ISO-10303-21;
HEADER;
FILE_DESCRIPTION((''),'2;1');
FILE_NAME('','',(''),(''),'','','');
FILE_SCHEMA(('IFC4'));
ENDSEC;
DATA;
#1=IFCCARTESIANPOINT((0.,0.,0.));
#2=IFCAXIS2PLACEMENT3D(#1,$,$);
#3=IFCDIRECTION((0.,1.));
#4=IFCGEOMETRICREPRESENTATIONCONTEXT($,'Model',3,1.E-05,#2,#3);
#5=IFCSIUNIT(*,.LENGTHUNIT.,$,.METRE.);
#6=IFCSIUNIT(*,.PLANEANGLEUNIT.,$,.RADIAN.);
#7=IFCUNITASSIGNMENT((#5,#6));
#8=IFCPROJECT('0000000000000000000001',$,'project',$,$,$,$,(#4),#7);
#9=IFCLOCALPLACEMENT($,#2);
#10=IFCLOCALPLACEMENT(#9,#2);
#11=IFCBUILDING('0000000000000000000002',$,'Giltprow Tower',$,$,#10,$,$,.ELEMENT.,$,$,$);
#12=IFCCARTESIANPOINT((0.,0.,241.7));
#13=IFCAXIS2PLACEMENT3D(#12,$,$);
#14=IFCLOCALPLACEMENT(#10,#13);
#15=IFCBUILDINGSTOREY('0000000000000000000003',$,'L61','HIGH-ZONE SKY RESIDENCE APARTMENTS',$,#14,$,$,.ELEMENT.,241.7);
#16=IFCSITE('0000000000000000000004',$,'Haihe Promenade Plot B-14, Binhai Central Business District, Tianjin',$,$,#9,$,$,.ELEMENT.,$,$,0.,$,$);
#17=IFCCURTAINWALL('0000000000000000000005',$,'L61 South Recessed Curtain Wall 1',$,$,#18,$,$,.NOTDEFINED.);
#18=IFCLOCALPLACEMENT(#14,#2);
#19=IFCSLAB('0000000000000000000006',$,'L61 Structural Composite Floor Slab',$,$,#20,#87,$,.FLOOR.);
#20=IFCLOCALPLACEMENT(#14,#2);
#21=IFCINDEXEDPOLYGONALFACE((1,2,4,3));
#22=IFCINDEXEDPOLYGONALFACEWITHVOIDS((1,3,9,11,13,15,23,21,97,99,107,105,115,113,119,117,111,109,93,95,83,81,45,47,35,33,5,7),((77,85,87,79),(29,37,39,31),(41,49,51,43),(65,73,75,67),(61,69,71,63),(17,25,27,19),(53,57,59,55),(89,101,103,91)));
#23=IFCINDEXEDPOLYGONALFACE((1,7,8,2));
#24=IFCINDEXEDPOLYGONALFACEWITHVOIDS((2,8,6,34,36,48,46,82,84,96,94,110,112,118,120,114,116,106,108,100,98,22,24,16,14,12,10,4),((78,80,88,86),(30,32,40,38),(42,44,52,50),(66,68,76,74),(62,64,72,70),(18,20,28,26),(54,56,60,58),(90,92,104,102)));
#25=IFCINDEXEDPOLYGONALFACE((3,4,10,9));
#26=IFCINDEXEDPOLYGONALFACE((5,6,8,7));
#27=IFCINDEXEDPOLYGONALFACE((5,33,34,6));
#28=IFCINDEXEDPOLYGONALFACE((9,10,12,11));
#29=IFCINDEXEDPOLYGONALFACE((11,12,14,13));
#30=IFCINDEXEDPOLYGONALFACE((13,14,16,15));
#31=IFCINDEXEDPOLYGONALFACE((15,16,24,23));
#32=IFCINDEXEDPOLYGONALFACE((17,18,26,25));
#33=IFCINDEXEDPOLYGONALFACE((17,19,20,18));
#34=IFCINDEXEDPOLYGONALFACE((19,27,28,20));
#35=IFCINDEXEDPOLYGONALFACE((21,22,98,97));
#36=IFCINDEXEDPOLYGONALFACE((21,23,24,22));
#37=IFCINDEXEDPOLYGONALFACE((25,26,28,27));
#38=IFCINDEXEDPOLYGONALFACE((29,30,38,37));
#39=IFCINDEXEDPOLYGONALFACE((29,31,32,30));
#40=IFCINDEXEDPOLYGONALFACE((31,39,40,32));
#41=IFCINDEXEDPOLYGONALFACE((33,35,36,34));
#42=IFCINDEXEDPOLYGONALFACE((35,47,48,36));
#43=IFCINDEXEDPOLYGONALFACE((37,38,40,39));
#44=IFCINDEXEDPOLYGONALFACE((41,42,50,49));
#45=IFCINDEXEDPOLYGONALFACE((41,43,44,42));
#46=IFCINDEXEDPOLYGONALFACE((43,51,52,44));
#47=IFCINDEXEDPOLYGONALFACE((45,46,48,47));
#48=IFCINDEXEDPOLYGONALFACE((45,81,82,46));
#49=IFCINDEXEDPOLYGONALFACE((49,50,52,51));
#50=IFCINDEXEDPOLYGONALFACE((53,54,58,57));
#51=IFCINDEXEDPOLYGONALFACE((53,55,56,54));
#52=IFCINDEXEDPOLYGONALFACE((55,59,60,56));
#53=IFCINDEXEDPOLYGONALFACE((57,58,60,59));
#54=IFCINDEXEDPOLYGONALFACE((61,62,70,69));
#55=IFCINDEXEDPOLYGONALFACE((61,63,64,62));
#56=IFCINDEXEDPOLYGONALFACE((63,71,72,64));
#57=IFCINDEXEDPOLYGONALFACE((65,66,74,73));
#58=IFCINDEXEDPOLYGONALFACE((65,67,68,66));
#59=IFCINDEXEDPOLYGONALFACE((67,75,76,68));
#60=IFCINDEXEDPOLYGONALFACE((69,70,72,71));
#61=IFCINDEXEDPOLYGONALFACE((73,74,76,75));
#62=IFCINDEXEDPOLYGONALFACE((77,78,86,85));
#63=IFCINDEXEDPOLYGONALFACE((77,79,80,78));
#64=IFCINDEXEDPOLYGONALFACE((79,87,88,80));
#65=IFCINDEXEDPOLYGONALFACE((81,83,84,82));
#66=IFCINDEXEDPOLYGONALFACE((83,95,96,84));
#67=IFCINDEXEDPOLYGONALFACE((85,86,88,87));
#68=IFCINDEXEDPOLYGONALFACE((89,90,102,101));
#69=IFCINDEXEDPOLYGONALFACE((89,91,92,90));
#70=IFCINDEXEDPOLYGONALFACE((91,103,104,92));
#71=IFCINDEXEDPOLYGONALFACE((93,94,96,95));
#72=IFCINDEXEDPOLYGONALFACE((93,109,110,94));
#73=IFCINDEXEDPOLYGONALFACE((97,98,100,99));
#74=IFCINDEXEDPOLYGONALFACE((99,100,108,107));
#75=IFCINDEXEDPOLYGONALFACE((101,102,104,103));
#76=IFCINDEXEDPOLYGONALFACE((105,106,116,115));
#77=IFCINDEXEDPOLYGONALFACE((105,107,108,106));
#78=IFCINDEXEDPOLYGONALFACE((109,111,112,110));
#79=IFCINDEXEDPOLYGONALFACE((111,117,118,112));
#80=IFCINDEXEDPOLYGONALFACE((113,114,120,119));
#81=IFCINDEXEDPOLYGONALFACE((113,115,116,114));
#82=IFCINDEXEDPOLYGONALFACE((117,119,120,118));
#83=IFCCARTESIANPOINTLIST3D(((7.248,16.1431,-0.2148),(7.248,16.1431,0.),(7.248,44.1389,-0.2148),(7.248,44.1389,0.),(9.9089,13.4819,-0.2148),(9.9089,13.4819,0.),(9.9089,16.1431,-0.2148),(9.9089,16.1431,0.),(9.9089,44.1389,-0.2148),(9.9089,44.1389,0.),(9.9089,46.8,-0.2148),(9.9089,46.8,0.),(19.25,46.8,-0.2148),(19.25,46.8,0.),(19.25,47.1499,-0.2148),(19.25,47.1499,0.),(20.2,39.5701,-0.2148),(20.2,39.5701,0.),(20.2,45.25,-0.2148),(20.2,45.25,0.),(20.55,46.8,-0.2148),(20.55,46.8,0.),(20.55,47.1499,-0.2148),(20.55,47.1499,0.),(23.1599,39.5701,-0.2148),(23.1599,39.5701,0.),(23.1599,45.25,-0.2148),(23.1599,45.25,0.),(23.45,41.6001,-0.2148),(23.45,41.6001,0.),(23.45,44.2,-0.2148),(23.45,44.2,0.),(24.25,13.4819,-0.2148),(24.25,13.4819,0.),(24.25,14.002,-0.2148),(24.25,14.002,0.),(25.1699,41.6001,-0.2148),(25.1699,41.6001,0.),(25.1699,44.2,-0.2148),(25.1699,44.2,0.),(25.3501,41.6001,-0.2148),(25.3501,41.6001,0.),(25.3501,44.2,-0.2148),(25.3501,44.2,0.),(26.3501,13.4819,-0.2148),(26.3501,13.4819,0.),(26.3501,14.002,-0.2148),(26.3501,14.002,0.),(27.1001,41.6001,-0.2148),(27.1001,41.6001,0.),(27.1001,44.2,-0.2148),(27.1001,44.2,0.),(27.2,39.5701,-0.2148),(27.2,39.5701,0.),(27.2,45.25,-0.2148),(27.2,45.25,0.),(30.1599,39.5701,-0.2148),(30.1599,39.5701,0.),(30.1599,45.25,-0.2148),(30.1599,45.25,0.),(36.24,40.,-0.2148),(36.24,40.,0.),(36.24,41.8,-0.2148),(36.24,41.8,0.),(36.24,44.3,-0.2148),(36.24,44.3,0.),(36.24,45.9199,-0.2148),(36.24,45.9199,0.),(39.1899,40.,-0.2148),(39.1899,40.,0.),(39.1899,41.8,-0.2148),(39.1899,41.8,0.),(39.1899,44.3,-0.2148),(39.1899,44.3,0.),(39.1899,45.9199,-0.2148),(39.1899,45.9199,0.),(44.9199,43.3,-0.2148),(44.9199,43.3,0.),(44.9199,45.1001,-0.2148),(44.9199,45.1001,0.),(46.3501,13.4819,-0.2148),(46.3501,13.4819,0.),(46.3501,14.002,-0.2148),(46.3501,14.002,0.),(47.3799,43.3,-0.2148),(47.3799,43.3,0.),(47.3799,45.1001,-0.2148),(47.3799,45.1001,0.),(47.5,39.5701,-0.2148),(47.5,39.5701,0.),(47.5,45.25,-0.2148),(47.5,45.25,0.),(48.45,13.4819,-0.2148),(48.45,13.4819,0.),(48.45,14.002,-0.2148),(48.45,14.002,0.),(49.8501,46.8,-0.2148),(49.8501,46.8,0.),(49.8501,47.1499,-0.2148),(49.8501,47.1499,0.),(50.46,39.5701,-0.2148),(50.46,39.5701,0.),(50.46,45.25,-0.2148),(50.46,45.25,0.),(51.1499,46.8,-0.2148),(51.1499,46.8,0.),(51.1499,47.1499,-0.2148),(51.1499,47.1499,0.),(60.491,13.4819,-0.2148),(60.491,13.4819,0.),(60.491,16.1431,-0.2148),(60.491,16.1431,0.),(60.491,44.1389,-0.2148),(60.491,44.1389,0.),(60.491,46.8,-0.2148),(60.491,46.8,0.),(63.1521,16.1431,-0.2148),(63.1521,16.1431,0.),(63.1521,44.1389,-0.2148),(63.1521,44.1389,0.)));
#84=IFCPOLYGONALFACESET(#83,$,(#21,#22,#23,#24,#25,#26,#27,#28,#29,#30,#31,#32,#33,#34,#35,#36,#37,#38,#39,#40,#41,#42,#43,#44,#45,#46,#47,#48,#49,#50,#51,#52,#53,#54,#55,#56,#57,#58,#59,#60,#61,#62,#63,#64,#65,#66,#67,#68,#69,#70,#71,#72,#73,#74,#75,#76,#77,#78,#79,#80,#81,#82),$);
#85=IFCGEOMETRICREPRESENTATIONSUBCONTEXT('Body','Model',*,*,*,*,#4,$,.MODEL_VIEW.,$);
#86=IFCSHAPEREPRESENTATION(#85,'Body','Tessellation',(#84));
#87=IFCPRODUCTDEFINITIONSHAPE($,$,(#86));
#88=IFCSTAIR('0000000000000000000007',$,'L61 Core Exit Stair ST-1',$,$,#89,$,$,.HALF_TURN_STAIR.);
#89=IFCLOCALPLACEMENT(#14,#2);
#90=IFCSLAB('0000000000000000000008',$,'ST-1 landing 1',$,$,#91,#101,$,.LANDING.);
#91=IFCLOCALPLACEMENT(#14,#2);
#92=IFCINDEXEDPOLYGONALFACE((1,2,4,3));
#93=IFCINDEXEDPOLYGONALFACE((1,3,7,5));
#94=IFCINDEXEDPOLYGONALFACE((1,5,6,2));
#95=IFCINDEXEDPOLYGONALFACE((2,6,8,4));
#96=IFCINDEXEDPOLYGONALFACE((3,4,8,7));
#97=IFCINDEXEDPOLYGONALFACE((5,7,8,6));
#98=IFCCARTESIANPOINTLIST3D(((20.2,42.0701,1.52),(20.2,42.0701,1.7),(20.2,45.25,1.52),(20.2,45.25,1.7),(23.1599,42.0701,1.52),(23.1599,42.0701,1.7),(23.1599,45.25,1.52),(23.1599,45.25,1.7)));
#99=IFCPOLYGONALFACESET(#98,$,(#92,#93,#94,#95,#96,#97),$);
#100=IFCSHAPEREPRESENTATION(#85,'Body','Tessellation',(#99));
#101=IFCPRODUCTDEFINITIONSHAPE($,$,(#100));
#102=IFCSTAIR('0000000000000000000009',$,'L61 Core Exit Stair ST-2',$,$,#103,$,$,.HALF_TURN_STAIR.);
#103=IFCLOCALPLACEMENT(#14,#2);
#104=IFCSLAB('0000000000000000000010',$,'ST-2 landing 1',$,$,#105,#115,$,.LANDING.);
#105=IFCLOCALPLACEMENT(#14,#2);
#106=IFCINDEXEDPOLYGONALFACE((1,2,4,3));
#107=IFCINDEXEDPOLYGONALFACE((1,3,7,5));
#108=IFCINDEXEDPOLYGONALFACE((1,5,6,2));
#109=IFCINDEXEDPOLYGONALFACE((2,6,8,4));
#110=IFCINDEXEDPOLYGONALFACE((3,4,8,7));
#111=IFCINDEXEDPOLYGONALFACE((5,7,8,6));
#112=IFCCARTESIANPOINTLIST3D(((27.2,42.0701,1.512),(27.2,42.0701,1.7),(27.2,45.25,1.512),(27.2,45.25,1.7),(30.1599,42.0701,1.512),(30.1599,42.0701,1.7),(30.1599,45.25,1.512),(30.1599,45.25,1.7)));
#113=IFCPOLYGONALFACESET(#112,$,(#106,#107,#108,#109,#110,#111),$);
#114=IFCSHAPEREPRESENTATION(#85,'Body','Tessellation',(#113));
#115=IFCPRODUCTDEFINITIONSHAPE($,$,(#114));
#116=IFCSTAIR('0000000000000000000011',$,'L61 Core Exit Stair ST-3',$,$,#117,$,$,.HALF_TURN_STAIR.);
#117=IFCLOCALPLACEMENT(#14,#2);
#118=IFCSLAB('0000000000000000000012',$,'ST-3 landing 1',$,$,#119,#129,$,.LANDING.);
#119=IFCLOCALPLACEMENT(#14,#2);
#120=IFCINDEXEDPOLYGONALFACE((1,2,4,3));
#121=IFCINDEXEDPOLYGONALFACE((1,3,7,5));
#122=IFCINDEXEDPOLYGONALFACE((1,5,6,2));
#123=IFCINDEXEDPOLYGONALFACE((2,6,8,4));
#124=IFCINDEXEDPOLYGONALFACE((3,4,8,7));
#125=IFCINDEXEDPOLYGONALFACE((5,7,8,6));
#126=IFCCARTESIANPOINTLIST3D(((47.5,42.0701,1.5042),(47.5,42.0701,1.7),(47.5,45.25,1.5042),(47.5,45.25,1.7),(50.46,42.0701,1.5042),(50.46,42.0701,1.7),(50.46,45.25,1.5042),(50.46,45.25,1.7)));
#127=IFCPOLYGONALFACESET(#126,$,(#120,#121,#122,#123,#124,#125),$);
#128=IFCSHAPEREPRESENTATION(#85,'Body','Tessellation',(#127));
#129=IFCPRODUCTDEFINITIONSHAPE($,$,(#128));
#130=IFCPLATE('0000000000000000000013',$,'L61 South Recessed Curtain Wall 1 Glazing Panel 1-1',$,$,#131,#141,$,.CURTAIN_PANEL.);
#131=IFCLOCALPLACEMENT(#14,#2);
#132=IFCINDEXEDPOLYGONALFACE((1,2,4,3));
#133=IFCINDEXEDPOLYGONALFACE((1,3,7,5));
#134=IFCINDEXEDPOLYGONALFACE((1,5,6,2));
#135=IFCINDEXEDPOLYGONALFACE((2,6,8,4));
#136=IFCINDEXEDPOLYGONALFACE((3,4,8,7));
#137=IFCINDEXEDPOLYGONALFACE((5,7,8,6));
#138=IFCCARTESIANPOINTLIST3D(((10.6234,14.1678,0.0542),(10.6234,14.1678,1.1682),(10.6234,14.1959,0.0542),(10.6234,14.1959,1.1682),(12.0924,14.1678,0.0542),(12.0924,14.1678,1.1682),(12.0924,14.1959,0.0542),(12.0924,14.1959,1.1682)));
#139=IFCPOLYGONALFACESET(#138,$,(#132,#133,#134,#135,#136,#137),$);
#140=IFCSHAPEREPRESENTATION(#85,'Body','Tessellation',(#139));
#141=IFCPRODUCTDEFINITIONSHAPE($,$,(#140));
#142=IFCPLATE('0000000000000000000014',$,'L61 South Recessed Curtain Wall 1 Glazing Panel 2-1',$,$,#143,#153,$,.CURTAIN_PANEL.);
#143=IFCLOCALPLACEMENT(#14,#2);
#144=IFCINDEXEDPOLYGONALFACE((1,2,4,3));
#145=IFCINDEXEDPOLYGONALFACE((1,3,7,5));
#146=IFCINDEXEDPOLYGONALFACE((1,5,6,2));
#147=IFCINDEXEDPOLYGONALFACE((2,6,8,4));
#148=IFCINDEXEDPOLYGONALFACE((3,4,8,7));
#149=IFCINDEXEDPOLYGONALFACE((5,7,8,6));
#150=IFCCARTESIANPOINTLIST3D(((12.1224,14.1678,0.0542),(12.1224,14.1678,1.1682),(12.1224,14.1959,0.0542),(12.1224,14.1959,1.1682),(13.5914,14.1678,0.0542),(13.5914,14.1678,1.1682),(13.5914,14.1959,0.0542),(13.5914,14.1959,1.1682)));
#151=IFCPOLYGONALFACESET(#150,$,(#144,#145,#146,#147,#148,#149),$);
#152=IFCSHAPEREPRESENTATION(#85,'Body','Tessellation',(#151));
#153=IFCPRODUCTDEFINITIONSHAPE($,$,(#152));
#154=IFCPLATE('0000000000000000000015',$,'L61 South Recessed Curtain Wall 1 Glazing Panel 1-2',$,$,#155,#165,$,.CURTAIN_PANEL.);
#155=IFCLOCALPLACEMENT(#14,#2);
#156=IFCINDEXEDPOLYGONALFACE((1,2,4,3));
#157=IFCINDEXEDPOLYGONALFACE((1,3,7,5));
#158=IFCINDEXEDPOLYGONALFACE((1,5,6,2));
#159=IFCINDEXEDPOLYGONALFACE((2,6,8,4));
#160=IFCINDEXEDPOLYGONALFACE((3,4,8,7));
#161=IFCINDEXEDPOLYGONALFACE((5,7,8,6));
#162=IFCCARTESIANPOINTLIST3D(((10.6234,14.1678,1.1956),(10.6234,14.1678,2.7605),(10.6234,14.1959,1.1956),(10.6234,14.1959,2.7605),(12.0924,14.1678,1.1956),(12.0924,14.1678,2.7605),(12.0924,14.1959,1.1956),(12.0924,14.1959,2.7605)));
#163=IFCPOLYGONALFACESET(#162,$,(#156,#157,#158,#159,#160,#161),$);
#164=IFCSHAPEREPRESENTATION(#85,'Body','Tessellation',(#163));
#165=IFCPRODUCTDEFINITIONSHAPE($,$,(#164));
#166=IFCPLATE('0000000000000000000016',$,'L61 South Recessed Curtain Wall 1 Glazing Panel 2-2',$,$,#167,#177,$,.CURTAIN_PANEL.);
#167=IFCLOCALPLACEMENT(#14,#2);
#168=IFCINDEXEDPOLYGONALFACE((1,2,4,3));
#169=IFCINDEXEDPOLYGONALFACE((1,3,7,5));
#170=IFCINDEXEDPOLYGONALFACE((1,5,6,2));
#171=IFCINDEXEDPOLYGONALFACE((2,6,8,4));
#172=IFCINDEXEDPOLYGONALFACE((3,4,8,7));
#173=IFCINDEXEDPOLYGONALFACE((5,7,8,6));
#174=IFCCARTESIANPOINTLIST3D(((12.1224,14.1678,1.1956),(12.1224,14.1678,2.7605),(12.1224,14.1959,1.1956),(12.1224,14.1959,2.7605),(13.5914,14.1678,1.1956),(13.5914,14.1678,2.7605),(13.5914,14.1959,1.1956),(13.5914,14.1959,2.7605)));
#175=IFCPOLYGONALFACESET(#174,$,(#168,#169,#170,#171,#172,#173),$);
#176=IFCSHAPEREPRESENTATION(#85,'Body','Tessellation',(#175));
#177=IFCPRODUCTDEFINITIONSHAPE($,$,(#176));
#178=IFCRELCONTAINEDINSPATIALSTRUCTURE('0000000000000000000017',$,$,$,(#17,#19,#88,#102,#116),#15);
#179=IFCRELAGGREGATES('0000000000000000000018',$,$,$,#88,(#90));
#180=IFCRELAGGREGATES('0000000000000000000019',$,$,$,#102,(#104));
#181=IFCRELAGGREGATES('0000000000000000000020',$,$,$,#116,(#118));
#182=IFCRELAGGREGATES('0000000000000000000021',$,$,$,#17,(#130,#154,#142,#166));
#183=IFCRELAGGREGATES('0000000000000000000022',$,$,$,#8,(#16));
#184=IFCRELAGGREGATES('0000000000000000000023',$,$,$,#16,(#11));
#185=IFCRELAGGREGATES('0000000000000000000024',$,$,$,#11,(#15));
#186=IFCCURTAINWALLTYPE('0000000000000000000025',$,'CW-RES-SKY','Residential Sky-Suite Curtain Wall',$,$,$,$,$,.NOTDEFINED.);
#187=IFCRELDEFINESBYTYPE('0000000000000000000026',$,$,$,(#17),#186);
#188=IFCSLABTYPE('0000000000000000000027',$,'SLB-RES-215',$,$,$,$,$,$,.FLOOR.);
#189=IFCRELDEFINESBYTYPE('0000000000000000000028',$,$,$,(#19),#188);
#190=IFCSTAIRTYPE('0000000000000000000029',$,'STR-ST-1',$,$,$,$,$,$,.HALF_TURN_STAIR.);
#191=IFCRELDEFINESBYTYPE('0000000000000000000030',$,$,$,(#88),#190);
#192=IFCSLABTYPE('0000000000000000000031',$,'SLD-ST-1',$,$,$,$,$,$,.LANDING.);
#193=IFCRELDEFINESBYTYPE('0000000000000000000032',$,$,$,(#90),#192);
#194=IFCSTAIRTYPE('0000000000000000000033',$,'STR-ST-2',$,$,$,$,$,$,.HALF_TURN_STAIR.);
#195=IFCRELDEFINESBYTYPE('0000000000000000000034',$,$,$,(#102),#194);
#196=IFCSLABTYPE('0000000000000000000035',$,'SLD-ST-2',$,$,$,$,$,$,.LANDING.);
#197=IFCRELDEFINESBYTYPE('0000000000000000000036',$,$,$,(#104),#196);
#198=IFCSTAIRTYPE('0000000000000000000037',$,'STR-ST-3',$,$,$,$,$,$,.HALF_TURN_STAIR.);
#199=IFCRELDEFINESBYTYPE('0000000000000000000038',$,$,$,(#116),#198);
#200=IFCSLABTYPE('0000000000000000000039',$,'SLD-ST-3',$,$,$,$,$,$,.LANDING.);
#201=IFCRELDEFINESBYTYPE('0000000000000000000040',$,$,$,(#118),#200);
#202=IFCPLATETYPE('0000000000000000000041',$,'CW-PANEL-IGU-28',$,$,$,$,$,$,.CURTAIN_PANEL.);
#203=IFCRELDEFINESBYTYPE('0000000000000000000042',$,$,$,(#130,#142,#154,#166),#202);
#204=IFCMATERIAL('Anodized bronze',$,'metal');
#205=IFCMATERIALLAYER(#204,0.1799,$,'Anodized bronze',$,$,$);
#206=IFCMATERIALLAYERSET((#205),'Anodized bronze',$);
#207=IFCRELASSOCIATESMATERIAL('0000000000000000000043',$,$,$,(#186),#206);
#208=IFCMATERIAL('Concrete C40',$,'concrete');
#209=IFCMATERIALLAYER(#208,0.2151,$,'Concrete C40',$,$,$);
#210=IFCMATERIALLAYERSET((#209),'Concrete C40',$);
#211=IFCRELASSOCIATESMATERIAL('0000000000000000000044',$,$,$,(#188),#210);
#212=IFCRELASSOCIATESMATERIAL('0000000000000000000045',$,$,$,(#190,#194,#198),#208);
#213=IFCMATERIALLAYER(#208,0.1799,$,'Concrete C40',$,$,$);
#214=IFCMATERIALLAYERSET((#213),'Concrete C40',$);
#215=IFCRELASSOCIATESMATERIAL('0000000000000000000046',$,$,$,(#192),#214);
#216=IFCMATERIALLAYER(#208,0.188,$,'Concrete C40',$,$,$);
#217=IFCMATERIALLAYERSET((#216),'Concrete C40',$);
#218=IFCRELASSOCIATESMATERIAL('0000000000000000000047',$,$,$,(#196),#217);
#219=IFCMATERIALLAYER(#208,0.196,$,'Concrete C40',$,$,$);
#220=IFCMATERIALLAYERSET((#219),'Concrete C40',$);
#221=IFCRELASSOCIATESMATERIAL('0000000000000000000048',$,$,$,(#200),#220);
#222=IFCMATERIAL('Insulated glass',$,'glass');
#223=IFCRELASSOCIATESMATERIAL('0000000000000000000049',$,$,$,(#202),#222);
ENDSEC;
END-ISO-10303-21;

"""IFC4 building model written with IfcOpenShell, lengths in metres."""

from ifc_helpers import new_model, si_unit, direction, frame, origin, origin_2d, place, context, subcontext, project, spatial, polyline, rectangle, outline, extrude, source, transform, mapped, material, layer, layer_set, type_object, element, aggregate, save


model = new_model("IFC4")

# Units and contexts
model_context = context("Model", 3, precision=1e-05, world=origin(), true_north=direction((0.0, 1.0)))
body_context = subcontext(model_context, "Body", "Model", "MODEL_VIEW")
ifc_project = project(units=[si_unit("LENGTHUNIT", "METRE"), si_unit("PLANEANGLEUNIT", "RADIAN")], contexts=[model_context])

# Site, building, storey
site_placement = place(None, origin())
site = spatial("IfcSite", under=ifc_project, at=site_placement, Name="Haihe Promenade Plot B-14, Binhai Central Business District, Tianjin", CompositionType="ELEMENT", RefElevation=0.0)
building_placement = place(site_placement, origin())
building = spatial("IfcBuilding", under=site, at=building_placement, Name="Giltprow Tower", CompositionType="ELEMENT")
storey_placement = place(building_placement, frame((0.0, 0.0, 241.7)))
storey = spatial("IfcBuildingStorey", under=building, at=storey_placement, Name="L61", Description="HIGH-ZONE SKY RESIDENCE APARTMENTS", CompositionType="ELEMENT", Elevation=241.7)

# Curtain wall
ifc_material_1 = material(Name="Anodized bronze", Category="metal")
ifc_layer_1 = layer(ifc_material_1, 0.1799, Name="Anodized bronze")
ifc_layer_set_1 = layer_set([ifc_layer_1], Name="Anodized bronze")
curtain_wall_type = type_object("IfcCurtainWallType", Name="CW-RES-SKY", Description="Residential Sky-Suite Curtain Wall", PredefinedType="NOTDEFINED", material=ifc_layer_set_1)
curtain_wall_placement = place(storey_placement, origin())
curtain_wall = element("IfcCurtainWall", 1, at=curtain_wall_placement, inside=storey, type_object=curtain_wall_type, Name="L61 South Recessed Curtain Wall 1", PredefinedType="NOTDEFINED")

# Slab
ifc_material_2 = material(Name="Concrete C40", Category="concrete")
ifc_layer_2 = layer(ifc_material_2, 0.2151, Name="Concrete C40")
ifc_layer_set_2 = layer_set([ifc_layer_2], Name="Concrete C40")
slab_type_1 = type_object("IfcSlabType", Name="SLB-RES-215", PredefinedType="FLOOR", material=ifc_layer_set_2)
slab_1_placement = place(storey_placement, frame((0.0, 0.0, -0.2148)))
element("IfcSlab", 2, at=slab_1_placement, inside=storey, type_object=slab_type_1, Name="L61 Structural Composite Floor Slab", PredefinedType="FLOOR", context=body_context, shape_type="SweptSolid", body=[
    extrude(outline(polyline([(63.1521, 44.1389), (63.1521, 16.1431), (60.491, 16.1431), (60.491, 13.4819), (48.45, 13.4819), (48.45, 14.002), (46.3501, 14.002), (46.3501, 13.4819), (26.3501, 13.4819), (26.3501, 14.002), (24.25, 14.002), (24.25, 13.4819), (9.9089, 13.4819), (9.9089, 16.1431), (7.248, 16.1431), (7.248, 44.1389), (9.9089, 44.1389), (9.9089, 46.8), (19.25, 46.8), (19.25, 47.1499), (20.55, 47.1499), (20.55, 46.8), (49.8501, 46.8), (49.8501, 47.1499), (51.1499, 47.1499), (51.1499, 46.8), (60.491, 46.8), (60.491, 44.1389), (63.1521, 44.1389)]), holes=[polyline([(39.1899, 41.8), (36.24, 41.8), (36.24, 40.0), (39.1899, 40.0), (39.1899, 41.8)]), polyline([(23.1599, 39.5701), (23.1599, 45.25), (20.2, 45.25), (20.2, 39.5701), (23.1599, 39.5701)]), polyline([(30.1599, 39.5701), (30.1599, 45.25), (27.2, 45.25), (27.2, 39.5701), (30.1599, 39.5701)]), polyline([(50.46, 45.25), (47.5, 45.25), (47.5, 39.5701), (50.46, 39.5701), (50.46, 45.25)]), polyline([(25.1699, 44.2), (23.45, 44.2), (23.45, 41.6001), (25.1699, 41.6001), (25.1699, 44.2)]), polyline([(27.1001, 44.2), (25.3501, 44.2), (25.3501, 41.6001), (27.1001, 41.6001), (27.1001, 44.2)]), polyline([(47.3799, 43.3), (47.3799, 45.1001), (44.9199, 45.1001), (44.9199, 43.3), (47.3799, 43.3)]), polyline([(39.1899, 44.3), (39.1899, 45.9199), (36.24, 45.9199), (36.24, 44.3), (39.1899, 44.3)])]), origin(), (0.0, 0.0, 1.0), 0.2148),
])

# Stairs, slabs
stair_type_1 = type_object("IfcStairType", Name="STR-ST-1", PredefinedType="HALF_TURN_STAIR", material=ifc_material_2)
stair_1_placement = place(storey_placement, origin())
stair_1 = element("IfcStair", 3, at=stair_1_placement, inside=storey, type_object=stair_type_1, Name="L61 Core Exit Stair ST-1", PredefinedType="HALF_TURN_STAIR")
ifc_layer_3 = layer(ifc_material_2, 0.1799, Name="Concrete C40")
ifc_layer_set_3 = layer_set([ifc_layer_3], Name="Concrete C40")
slab_type_2 = type_object("IfcSlabType", Name="SLD-ST-1", PredefinedType="LANDING", material=ifc_layer_set_3)
slab_2_placement = place(storey_placement, frame((0.0, 0.0, 1.52)))
slab_2 = element("IfcSlab", 4, at=slab_2_placement, type_object=slab_type_2, Name="ST-1 landing 1", PredefinedType="LANDING", context=body_context, shape_type="SweptSolid", body=[
    extrude(outline(polyline([(23.1599, 42.0701), (23.1599, 45.25), (20.2, 45.25), (20.2, 42.0701), (23.1599, 42.0701)])), origin(), (0.0, 0.0, 1.0), 0.1799),
])
aggregate(stair_1, [slab_2])
stair_type_2 = type_object("IfcStairType", Name="STR-ST-2", PredefinedType="HALF_TURN_STAIR", material=ifc_material_2)
stair_2_placement = place(storey_placement, origin())
stair_2 = element("IfcStair", 5, at=stair_2_placement, inside=storey, type_object=stair_type_2, Name="L61 Core Exit Stair ST-2", PredefinedType="HALF_TURN_STAIR")
ifc_layer_4 = layer(ifc_material_2, 0.188, Name="Concrete C40")
ifc_layer_set_4 = layer_set([ifc_layer_4], Name="Concrete C40")
slab_type_3 = type_object("IfcSlabType", Name="SLD-ST-2", PredefinedType="LANDING", material=ifc_layer_set_4)
slab_3_placement = place(storey_placement, frame((0.0, 0.0, 1.512)))
slab_3 = element("IfcSlab", 6, at=slab_3_placement, type_object=slab_type_3, Name="ST-2 landing 1", PredefinedType="LANDING", context=body_context, shape_type="SweptSolid", body=[
    extrude(outline(polyline([(30.1599, 42.0701), (30.1599, 45.25), (27.2, 45.25), (27.2, 42.0701), (30.1599, 42.0701)])), origin(), (0.0, 0.0, 1.0), 0.188),
])
aggregate(stair_2, [slab_3])
stair_type_3 = type_object("IfcStairType", Name="STR-ST-3", PredefinedType="HALF_TURN_STAIR", material=ifc_material_2)
stair_3_placement = place(storey_placement, origin())
stair_3 = element("IfcStair", 7, at=stair_3_placement, inside=storey, type_object=stair_type_3, Name="L61 Core Exit Stair ST-3", PredefinedType="HALF_TURN_STAIR")
ifc_layer_5 = layer(ifc_material_2, 0.196, Name="Concrete C40")
ifc_layer_set_5 = layer_set([ifc_layer_5], Name="Concrete C40")
slab_type_4 = type_object("IfcSlabType", Name="SLD-ST-3", PredefinedType="LANDING", material=ifc_layer_set_5)
slab_4_placement = place(storey_placement, frame((0.0, 0.0, 1.5042)))
slab_4 = element("IfcSlab", 8, at=slab_4_placement, type_object=slab_type_4, Name="ST-3 landing 1", PredefinedType="LANDING", context=body_context, shape_type="SweptSolid", body=[
    extrude(outline(polyline([(50.46, 42.0701), (50.46, 45.25), (47.5, 45.25), (47.5, 42.0701), (50.46, 42.0701)])), origin(), (0.0, 0.0, 1.0), 0.1958),
])
aggregate(stair_3, [slab_4])

# Plates
ifc_material_3 = material(Name="Insulated glass", Category="glass")
plate_type = type_object("IfcPlateType", Name="CW-PANEL-IGU-28", PredefinedType="CURTAIN_PANEL", material=ifc_material_3)
shared_shape_1 = source(origin(), body_context, "Body", "SweptSolid", [
    extrude(rectangle(XDim=1.469, YDim=0.0281, at=origin_2d()), origin(), (0.0, 0.0, 1.0), 1.114),
])
plate_1_placement = place(storey_placement, frame((11.3579, 14.1819, 0.0542), z_axis=(0.0, 0.0, 1.0), x_axis=(1.0, 0.0, 0.0)))
plate_1 = element("IfcPlate", 9, at=plate_1_placement, type_object=plate_type, Name="L61 South Recessed Curtain Wall 1 Glazing Panel 1-1", PredefinedType="CURTAIN_PANEL", context=body_context, shape_type="MappedRepresentation", body=[
    mapped(shared_shape_1, transform((0.0, 0.0, 0.0), x_axis=(1.0, 0.0, 0.0), y_axis=(0.0, 1.0, 0.0), z_axis=(0.0, 0.0, 1.0), scale=1.0)),
])
plate_2_placement = place(storey_placement, frame((12.8569, 14.1819, 0.0542), z_axis=(0.0, 0.0, 1.0), x_axis=(1.0, 0.0, 0.0)))
plate_2 = element("IfcPlate", 10, at=plate_2_placement, type_object=plate_type, Name="L61 South Recessed Curtain Wall 1 Glazing Panel 2-1", PredefinedType="CURTAIN_PANEL", context=body_context, shape_type="MappedRepresentation", body=[
    mapped(shared_shape_1, transform((0.0, 0.0, 0.0), x_axis=(1.0, 0.0, 0.0), y_axis=(0.0, 1.0, 0.0), z_axis=(0.0, 0.0, 1.0), scale=1.0)),
])
shared_shape_2 = source(origin(), body_context, "Body", "SweptSolid", [
    extrude(rectangle(XDim=1.469, YDim=0.0281, at=origin_2d()), origin(), (0.0, 0.0, 1.0), 1.5649),
])
plate_3_placement = place(storey_placement, frame((11.3579, 14.1819, 1.1956), z_axis=(0.0, 0.0, 1.0), x_axis=(1.0, 0.0, 0.0)))
plate_3 = element("IfcPlate", 11, at=plate_3_placement, type_object=plate_type, Name="L61 South Recessed Curtain Wall 1 Glazing Panel 1-2", PredefinedType="CURTAIN_PANEL", context=body_context, shape_type="MappedRepresentation", body=[
    mapped(shared_shape_2, transform((0.0, 0.0, 0.0), x_axis=(1.0, 0.0, 0.0), y_axis=(0.0, 1.0, 0.0), z_axis=(0.0, 0.0, 1.0), scale=1.0)),
])
plate_4_placement = place(storey_placement, frame((12.8569, 14.1819, 1.1956), z_axis=(0.0, 0.0, 1.0), x_axis=(1.0, 0.0, 0.0)))
plate_4 = element("IfcPlate", 12, at=plate_4_placement, type_object=plate_type, Name="L61 South Recessed Curtain Wall 1 Glazing Panel 2-2", PredefinedType="CURTAIN_PANEL", context=body_context, shape_type="MappedRepresentation", body=[
    mapped(shared_shape_2, transform((0.0, 0.0, 0.0), x_axis=(1.0, 0.0, 0.0), y_axis=(0.0, 1.0, 0.0), z_axis=(0.0, 0.0, 1.0), scale=1.0)),
])
aggregate(curtain_wall, [plate_1, plate_3, plate_2, plate_4])

save(model, "model.ifc")
